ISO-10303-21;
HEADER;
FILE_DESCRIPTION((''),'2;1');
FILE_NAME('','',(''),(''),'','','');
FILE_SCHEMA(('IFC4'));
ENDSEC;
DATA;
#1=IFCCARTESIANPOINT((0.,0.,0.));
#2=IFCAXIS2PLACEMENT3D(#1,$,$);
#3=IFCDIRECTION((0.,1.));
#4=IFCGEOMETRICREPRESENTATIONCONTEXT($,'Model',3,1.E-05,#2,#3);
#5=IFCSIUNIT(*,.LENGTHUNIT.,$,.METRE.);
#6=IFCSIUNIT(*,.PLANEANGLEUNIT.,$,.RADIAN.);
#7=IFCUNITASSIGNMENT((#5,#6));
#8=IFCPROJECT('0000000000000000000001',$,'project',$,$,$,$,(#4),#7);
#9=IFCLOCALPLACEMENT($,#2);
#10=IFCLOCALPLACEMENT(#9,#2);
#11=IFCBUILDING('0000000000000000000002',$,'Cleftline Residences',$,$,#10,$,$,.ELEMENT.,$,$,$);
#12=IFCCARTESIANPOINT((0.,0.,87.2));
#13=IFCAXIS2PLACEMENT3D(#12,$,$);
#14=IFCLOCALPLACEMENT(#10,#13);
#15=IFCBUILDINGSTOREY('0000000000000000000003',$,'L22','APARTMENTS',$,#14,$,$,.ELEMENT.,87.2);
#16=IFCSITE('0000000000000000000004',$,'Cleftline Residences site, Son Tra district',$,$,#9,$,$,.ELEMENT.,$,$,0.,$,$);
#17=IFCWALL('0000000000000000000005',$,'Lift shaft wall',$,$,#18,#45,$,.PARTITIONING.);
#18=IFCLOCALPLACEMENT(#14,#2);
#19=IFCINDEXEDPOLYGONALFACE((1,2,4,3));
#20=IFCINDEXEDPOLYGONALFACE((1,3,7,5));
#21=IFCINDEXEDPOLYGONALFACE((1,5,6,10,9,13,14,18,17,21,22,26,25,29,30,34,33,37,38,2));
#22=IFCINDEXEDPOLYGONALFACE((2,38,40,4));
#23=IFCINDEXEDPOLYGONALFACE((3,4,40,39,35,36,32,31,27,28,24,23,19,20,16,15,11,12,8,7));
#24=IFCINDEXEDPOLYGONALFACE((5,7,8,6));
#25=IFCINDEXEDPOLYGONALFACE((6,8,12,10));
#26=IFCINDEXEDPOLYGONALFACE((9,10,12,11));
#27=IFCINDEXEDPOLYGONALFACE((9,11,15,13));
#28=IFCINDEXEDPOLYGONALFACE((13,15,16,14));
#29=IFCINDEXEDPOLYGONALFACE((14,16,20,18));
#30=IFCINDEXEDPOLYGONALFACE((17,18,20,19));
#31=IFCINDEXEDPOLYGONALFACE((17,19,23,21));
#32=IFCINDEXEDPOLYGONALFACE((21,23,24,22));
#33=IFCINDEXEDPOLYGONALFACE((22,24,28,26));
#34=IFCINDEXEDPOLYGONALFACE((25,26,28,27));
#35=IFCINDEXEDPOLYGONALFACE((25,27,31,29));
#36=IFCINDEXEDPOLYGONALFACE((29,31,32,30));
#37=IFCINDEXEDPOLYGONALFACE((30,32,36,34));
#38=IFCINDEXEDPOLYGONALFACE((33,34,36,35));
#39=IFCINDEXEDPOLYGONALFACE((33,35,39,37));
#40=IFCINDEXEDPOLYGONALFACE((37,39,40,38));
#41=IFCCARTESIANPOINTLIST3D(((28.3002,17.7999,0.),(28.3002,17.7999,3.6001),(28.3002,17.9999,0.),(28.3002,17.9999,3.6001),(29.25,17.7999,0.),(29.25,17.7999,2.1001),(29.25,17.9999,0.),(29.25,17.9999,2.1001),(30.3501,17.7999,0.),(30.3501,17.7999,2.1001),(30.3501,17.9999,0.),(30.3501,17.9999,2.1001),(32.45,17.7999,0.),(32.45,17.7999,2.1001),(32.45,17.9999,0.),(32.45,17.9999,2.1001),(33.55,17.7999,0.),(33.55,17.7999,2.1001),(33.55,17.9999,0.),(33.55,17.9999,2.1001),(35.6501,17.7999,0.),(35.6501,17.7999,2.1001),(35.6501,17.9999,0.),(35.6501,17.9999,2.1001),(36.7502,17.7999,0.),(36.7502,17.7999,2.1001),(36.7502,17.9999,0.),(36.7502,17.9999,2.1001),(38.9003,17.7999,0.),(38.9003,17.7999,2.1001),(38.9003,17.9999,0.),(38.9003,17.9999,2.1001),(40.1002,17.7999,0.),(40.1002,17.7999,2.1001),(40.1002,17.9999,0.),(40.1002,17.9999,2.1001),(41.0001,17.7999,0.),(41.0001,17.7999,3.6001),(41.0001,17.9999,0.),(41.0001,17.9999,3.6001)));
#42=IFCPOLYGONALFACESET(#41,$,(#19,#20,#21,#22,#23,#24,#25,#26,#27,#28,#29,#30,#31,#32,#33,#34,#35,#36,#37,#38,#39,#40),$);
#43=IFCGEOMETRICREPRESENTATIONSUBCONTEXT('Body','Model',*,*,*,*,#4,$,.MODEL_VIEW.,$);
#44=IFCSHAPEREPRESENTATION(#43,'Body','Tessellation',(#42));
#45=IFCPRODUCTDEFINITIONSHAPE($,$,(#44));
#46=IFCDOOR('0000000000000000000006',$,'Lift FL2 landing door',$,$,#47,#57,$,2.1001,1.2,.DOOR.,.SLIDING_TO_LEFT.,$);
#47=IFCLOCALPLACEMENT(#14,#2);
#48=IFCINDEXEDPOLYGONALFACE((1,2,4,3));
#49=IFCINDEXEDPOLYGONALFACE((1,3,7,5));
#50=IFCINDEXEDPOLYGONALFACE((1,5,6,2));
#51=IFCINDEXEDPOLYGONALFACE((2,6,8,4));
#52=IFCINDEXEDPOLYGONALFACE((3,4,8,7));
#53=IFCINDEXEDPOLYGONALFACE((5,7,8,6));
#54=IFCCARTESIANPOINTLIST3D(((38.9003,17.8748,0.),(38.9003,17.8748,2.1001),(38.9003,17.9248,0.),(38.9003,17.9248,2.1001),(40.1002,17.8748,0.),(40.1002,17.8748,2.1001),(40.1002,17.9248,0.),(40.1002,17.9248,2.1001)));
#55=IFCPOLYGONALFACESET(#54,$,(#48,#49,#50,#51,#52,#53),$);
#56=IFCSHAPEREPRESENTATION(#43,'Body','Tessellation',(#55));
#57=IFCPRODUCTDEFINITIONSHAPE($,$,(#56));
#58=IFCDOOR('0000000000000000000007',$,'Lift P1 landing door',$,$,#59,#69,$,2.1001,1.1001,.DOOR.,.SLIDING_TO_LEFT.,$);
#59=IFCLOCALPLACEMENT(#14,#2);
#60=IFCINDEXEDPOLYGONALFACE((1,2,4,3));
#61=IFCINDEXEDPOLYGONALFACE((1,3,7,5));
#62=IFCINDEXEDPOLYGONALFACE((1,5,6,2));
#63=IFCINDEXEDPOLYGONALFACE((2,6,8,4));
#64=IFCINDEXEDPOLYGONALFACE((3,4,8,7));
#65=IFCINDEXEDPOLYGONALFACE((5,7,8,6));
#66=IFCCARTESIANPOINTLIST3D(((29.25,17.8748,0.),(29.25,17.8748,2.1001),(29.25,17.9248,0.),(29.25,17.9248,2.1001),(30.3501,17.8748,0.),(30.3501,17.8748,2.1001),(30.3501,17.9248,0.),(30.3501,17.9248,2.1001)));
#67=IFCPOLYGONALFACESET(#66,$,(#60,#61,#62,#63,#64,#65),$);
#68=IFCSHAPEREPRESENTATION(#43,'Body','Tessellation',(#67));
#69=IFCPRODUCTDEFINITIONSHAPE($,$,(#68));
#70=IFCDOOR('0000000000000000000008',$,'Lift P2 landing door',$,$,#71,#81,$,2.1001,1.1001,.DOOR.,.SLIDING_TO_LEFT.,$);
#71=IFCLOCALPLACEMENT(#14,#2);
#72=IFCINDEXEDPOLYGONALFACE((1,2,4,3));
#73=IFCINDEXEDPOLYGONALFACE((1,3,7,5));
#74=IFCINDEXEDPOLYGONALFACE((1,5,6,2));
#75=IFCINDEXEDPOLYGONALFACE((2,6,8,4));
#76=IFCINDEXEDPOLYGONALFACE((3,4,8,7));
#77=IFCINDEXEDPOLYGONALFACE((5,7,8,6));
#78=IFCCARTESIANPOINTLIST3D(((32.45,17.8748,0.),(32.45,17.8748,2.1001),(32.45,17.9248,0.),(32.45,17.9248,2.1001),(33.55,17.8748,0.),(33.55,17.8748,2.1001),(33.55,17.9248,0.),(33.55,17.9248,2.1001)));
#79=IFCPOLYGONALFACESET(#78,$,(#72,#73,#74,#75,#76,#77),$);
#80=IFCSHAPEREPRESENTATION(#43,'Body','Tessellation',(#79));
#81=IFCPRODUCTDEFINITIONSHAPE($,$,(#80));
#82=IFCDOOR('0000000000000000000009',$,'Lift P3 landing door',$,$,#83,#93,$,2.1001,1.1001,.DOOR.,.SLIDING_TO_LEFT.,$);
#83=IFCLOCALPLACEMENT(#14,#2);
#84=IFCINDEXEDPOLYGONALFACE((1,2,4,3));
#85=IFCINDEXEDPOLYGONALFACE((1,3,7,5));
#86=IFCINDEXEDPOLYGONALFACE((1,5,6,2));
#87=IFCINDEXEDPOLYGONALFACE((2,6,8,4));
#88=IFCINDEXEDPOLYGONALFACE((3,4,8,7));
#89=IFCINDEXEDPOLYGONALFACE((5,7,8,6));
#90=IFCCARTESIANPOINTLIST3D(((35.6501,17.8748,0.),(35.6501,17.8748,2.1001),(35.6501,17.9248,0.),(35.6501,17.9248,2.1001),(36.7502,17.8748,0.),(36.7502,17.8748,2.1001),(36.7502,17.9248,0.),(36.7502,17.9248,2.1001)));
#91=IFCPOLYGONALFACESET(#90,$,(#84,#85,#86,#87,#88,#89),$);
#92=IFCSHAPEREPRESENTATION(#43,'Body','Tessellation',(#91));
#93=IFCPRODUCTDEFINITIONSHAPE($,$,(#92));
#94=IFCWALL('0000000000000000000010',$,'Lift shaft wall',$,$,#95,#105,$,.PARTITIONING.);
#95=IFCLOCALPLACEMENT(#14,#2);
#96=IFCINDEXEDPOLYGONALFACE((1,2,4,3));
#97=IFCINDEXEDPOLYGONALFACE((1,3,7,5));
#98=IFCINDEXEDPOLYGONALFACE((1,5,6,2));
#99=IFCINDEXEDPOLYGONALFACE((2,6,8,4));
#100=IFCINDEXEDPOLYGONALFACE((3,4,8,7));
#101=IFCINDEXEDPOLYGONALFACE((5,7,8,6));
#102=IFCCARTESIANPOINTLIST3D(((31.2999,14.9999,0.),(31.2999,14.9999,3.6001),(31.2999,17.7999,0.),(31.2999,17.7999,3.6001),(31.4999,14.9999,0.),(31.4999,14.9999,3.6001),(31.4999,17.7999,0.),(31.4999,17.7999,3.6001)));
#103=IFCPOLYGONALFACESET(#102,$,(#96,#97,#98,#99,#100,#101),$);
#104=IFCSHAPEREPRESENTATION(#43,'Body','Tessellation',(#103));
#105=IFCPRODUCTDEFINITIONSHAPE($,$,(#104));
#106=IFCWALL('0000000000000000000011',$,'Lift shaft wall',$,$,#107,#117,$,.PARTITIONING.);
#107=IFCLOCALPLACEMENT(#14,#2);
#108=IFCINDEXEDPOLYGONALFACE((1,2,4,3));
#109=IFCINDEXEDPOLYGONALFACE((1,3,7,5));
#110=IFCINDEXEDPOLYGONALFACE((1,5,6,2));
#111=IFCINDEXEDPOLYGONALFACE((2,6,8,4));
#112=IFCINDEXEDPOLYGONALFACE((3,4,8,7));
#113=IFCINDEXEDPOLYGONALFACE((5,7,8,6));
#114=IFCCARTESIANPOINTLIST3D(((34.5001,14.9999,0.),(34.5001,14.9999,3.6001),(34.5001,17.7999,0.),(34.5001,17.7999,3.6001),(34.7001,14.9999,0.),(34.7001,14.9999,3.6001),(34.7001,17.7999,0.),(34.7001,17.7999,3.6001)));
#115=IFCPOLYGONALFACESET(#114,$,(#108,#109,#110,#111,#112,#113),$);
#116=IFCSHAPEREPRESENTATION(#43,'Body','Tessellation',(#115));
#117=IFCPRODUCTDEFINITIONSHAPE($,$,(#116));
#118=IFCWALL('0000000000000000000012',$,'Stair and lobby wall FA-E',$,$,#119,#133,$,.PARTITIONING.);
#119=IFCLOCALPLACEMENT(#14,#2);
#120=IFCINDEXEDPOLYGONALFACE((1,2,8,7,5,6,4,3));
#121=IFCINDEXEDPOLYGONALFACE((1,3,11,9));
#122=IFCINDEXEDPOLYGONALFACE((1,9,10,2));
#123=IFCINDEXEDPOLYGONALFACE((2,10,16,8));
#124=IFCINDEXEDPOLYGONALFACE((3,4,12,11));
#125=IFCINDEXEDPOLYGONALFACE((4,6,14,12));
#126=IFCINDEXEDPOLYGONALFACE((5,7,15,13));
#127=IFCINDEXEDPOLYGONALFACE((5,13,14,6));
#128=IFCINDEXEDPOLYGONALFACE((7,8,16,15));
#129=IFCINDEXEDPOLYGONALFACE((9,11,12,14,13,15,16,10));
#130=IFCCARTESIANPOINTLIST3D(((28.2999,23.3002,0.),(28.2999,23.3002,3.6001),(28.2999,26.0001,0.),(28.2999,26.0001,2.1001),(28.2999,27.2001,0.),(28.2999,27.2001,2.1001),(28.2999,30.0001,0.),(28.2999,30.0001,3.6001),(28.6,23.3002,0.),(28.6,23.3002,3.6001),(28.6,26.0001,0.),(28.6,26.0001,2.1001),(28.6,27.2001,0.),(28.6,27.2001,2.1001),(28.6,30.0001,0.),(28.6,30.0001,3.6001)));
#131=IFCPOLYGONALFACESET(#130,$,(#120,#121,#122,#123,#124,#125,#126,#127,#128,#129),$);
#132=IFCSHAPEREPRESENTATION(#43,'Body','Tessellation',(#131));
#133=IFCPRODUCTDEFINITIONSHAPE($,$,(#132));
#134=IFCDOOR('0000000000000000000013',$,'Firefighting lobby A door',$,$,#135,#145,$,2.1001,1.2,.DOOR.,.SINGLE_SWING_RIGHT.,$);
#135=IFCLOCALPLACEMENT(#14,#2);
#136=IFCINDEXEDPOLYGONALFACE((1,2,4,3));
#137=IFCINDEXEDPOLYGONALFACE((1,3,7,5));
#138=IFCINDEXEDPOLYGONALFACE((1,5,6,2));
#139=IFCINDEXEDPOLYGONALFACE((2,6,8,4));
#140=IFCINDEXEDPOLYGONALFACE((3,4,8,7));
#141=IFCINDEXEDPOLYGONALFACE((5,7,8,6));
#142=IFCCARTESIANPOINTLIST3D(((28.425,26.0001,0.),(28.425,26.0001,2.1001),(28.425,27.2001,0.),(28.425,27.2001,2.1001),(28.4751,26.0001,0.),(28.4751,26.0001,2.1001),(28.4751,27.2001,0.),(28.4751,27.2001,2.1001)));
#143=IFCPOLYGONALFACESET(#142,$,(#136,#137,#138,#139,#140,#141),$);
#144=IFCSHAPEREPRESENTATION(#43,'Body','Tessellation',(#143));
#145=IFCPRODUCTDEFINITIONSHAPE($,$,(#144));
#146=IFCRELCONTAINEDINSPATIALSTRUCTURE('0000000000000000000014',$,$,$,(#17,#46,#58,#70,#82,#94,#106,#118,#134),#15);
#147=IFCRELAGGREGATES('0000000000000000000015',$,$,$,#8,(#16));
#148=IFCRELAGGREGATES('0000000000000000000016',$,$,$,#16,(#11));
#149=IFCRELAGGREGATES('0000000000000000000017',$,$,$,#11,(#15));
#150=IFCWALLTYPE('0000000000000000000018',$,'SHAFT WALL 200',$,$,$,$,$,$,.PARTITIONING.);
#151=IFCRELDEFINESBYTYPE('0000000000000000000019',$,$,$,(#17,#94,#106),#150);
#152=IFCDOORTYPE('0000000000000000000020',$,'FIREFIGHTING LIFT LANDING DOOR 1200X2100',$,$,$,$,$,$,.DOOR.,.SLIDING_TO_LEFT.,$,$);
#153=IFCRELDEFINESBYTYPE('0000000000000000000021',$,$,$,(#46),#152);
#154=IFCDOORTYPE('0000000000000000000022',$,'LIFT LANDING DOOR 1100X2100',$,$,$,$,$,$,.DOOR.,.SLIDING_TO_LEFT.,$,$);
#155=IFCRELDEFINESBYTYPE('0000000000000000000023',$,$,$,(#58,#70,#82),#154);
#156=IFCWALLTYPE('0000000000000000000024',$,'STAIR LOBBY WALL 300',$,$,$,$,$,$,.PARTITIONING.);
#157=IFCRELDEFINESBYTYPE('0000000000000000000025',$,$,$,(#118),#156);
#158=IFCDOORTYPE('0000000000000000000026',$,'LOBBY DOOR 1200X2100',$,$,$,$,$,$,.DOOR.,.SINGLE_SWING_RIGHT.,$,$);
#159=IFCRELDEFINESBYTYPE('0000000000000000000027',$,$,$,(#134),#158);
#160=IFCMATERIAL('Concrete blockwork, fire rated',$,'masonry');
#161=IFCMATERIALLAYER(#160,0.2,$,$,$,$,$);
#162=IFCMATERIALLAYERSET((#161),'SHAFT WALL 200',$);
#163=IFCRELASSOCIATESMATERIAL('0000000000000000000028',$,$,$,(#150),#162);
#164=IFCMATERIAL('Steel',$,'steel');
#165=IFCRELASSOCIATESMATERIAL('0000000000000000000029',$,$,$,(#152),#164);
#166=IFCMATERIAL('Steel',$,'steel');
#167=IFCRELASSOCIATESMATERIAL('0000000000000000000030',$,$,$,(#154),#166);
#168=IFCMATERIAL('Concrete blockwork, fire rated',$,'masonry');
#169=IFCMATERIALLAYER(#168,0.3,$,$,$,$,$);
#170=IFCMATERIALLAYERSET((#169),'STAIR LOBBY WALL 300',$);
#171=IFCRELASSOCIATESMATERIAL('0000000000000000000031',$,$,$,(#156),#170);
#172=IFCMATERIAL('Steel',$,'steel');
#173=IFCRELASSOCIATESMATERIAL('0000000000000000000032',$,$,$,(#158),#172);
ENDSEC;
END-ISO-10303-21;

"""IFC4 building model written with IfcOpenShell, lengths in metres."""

from ifc_helpers import new_model, si_unit, direction, frame, frame_2d, origin, place, context, subcontext, project, spatial, rectangle, extrude, material, layer, layer_set, type_object, element, fill, save


model = new_model("IFC4")

# Units and contexts
model_context = context("Model", 3, precision=1e-05, world=origin(), true_north=direction((0.0, 1.0)))
body_context = subcontext(model_context, "Body", "Model", "MODEL_VIEW")
ifc_project = project(units=[si_unit("LENGTHUNIT", "METRE"), si_unit("PLANEANGLEUNIT", "RADIAN")], contexts=[model_context])

# Site, building, storey
site_placement = place(None, origin())
site = spatial("IfcSite", under=ifc_project, at=site_placement, Name="Cleftline Residences site, Son Tra district", CompositionType="ELEMENT", RefElevation=0.0)
building_placement = place(site_placement, origin())
building = spatial("IfcBuilding", under=site, at=building_placement, Name="Cleftline Residences", CompositionType="ELEMENT")
storey_placement = place(building_placement, frame((0.0, 0.0, 87.2)))
storey = spatial("IfcBuildingStorey", under=building, at=storey_placement, Name="L22", Description="APARTMENTS", CompositionType="ELEMENT", Elevation=87.2)

# Wall, openings, doors
ifc_material_1 = material(Name="Concrete blockwork, fire rated", Category="masonry")
ifc_layer_1 = layer(ifc_material_1, 0.2)
ifc_layer_set_1 = layer_set([ifc_layer_1], Name="SHAFT WALL 200")
wall_type_1 = type_object("IfcWallType", Name="SHAFT WALL 200", PredefinedType="PARTITIONING", material=ifc_layer_set_1)
wall_1_placement = place(storey_placement, frame((28.3, 17.8999, 0.0), z_axis=(0.0, 0.0, 1.0), x_axis=(1.0, 0.0, 0.0)))
wall_1 = element("IfcWall", 1, at=wall_1_placement, inside=storey, type_object=wall_type_1, Name="Lift shaft wall", PredefinedType="PARTITIONING", context=body_context, shape_type="SweptSolid", body=[
    extrude(rectangle(XDim=12.7, YDim=0.2, at=frame_2d((6.3501, 0.0))), origin(), (0.0, 0.0, 1.0), 3.6001),
])
opening_1_placement = place(wall_1_placement, frame((0.95, 0.0, 0.0)))
opening_1 = element("IfcOpeningElement", 2, at=opening_1_placement, cuts=wall_1, PredefinedType="OPENING", context=body_context, shape_type="SweptSolid", body=[
    extrude(rectangle(XDim=1.1001, YDim=2.1001, at=frame_2d((0.55, 1.05))), frame((0.0, 0.1099, 0.0), z_axis=(0.0, -1.0, 0.0), x_axis=(1.0, 0.0, 0.0)), (0.0, 0.0, 1.0), 0.22),
])
opening_2_placement = place(wall_1_placement, frame((4.1499, 0.0, 0.0)))
opening_2 = element("IfcOpeningElement", 3, at=opening_2_placement, cuts=wall_1, PredefinedType="OPENING", context=body_context, shape_type="SweptSolid", body=[
    extrude(rectangle(XDim=1.1001, YDim=2.1001, at=frame_2d((0.55, 1.05))), frame((0.0, 0.1099, 0.0), z_axis=(0.0, -1.0, 0.0), x_axis=(1.0, 0.0, 0.0)), (0.0, 0.0, 1.0), 0.22),
])
opening_3_placement = place(wall_1_placement, frame((7.3501, 0.0, 0.0)))
opening_3 = element("IfcOpeningElement", 4, at=opening_3_placement, cuts=wall_1, PredefinedType="OPENING", context=body_context, shape_type="SweptSolid", body=[
    extrude(rectangle(XDim=1.1001, YDim=2.1001, at=frame_2d((0.55, 1.05))), frame((0.0, 0.1099, 0.0), z_axis=(0.0, -1.0, 0.0), x_axis=(1.0, 0.0, 0.0)), (0.0, 0.0, 1.0), 0.22),
])
opening_4_placement = place(wall_1_placement, frame((10.6001, 0.0, 0.0)))
opening_4 = element("IfcOpeningElement", 5, at=opening_4_placement, cuts=wall_1, PredefinedType="OPENING", context=body_context, shape_type="SweptSolid", body=[
    extrude(rectangle(XDim=1.2, YDim=2.1001, at=frame_2d((0.6001, 1.05))), frame((0.0, 0.1099, 0.0), z_axis=(0.0, -1.0, 0.0), x_axis=(1.0, 0.0, 0.0)), (0.0, 0.0, 1.0), 0.22),
])
ifc_material_2 = material(Name="Steel", Category="steel")
door_type_1 = type_object("IfcDoorType", Name="FIREFIGHTING LIFT LANDING DOOR 1200X2100", OperationType="SLIDING_TO_LEFT", PredefinedType="DOOR", material=ifc_material_2)
door_1_placement = place(opening_4_placement, origin())
door_1 = element("IfcDoor", 6, at=door_1_placement, inside=storey, type_object=door_type_1, Name="Lift FL2 landing door", OperationType="SLIDING_TO_LEFT", OverallHeight=2.1001, OverallWidth=1.2, PredefinedType="DOOR", context=body_context, shape_type="SweptSolid", body=[
    extrude(rectangle(XDim=1.2, YDim=2.1001, at=frame_2d((0.6001, 1.05))), frame((0.0, 0.0249, 0.0), z_axis=(0.0, -1.0, 0.0), x_axis=(1.0, 0.0, 0.0)), (0.0, 0.0, 1.0), 0.05),
])
fill(opening_4, door_1)
ifc_material_3 = material(Name="Steel", Category="steel")
door_type_2 = type_object("IfcDoorType", Name="LIFT LANDING DOOR 1100X2100", OperationType="SLIDING_TO_LEFT", PredefinedType="DOOR", material=ifc_material_3)
door_2_placement = place(opening_1_placement, origin())
door_2 = element("IfcDoor", 7, at=door_2_placement, inside=storey, type_object=door_type_2, Name="Lift P1 landing door", OperationType="SLIDING_TO_LEFT", OverallHeight=2.1001, OverallWidth=1.1001, PredefinedType="DOOR", context=body_context, shape_type="SweptSolid", body=[
    extrude(rectangle(XDim=1.1001, YDim=2.1001, at=frame_2d((0.55, 1.05))), frame((0.0, 0.0249, 0.0), z_axis=(0.0, -1.0, 0.0), x_axis=(1.0, 0.0, 0.0)), (0.0, 0.0, 1.0), 0.05),
])
fill(opening_1, door_2)
door_3_placement = place(opening_2_placement, origin())
door_3 = element("IfcDoor", 8, at=door_3_placement, inside=storey, type_object=door_type_2, Name="Lift P2 landing door", OperationType="SLIDING_TO_LEFT", OverallHeight=2.1001, OverallWidth=1.1001, PredefinedType="DOOR", context=body_context, shape_type="SweptSolid", body=[
    extrude(rectangle(XDim=1.1001, YDim=2.1001, at=frame_2d((0.55, 1.05))), frame((0.0, 0.0249, 0.0), z_axis=(0.0, -1.0, 0.0), x_axis=(1.0, 0.0, 0.0)), (0.0, 0.0, 1.0), 0.05),
])
fill(opening_2, door_3)
door_4_placement = place(opening_3_placement, origin())
door_4 = element("IfcDoor", 9, at=door_4_placement, inside=storey, type_object=door_type_2, Name="Lift P3 landing door", OperationType="SLIDING_TO_LEFT", OverallHeight=2.1001, OverallWidth=1.1001, PredefinedType="DOOR", context=body_context, shape_type="SweptSolid", body=[
    extrude(rectangle(XDim=1.1001, YDim=2.1001, at=frame_2d((0.55, 1.05))), frame((0.0, 0.0249, 0.0), z_axis=(0.0, -1.0, 0.0), x_axis=(1.0, 0.0, 0.0)), (0.0, 0.0, 1.0), 0.05),
])
fill(opening_3, door_4)

# Walls
for number, where, z_axis, x_axis, name in (
    (10, (31.3999, 15.0, 0.0), (0.0, 0.0, 1.0), (0.0, 1.0, 0.0), "Lift shaft wall"),
    (11, (34.6001, 15.0, 0.0), (0.0, 0.0, 1.0), (0.0, 1.0, 0.0), "Lift shaft wall"),
):
    element("IfcWall", number, at=place(storey_placement, frame(where, z_axis=z_axis, x_axis=x_axis)), inside=storey, type_object=wall_type_1, Name=name, PredefinedType="PARTITIONING", context=body_context, shape_type="SweptSolid", body=[
        extrude(rectangle(XDim=2.8, YDim=0.2, at=frame_2d((1.3999, 0.0))), origin(), (0.0, 0.0, 1.0), 3.6001),
    ])

# Wall, opening, door
ifc_material_4 = material(Name="Concrete blockwork, fire rated", Category="masonry")
ifc_layer_2 = layer(ifc_material_4, 0.3)
ifc_layer_set_2 = layer_set([ifc_layer_2], Name="STAIR LOBBY WALL 300")
wall_type_2 = type_object("IfcWallType", Name="STAIR LOBBY WALL 300", PredefinedType="PARTITIONING", material=ifc_layer_set_2)
wall_2_placement = place(storey_placement, frame((28.45, 23.3, 0.0), z_axis=(0.0, 0.0, 1.0), x_axis=(0.0, 1.0, 0.0)))
wall_2 = element("IfcWall", 12, at=wall_2_placement, inside=storey, type_object=wall_type_2, Name="Stair and lobby wall FA-E", PredefinedType="PARTITIONING", context=body_context, shape_type="SweptSolid", body=[
    extrude(rectangle(XDim=6.7, YDim=0.3, at=frame_2d((3.3501, 0.0))), origin(), (0.0, 0.0, 1.0), 3.6001),
])
opening_5_placement = place(wall_2_placement, frame((2.7, 0.0, 0.0)))
opening_5 = element("IfcOpeningElement", 13, at=opening_5_placement, cuts=wall_2, PredefinedType="OPENING", context=body_context, shape_type="SweptSolid", body=[
    extrude(rectangle(XDim=1.2, YDim=2.1001, at=frame_2d((0.6001, 1.05))), frame((0.0, 0.1599, 0.0), z_axis=(0.0, -1.0, 0.0), x_axis=(1.0, 0.0, 0.0)), (0.0, 0.0, 1.0), 0.3201),
])
ifc_material_5 = material(Name="Steel", Category="steel")
door_type_3 = type_object("IfcDoorType", Name="LOBBY DOOR 1200X2100", OperationType="SINGLE_SWING_RIGHT", PredefinedType="DOOR", material=ifc_material_5)
door_5_placement = place(opening_5_placement, origin())
door_5 = element("IfcDoor", 14, at=door_5_placement, inside=storey, type_object=door_type_3, Name="Firefighting lobby A door", OperationType="SINGLE_SWING_RIGHT", OverallHeight=2.1001, OverallWidth=1.2, PredefinedType="DOOR", context=body_context, shape_type="SweptSolid", body=[
    extrude(rectangle(XDim=1.2, YDim=2.1001, at=frame_2d((0.6001, 1.05))), frame((0.0, 0.0249, 0.0), z_axis=(0.0, -1.0, 0.0), x_axis=(1.0, 0.0, 0.0)), (0.0, 0.0, 1.0), 0.05),
])
fill(opening_5, door_5)

save(model, "model.ifc")
